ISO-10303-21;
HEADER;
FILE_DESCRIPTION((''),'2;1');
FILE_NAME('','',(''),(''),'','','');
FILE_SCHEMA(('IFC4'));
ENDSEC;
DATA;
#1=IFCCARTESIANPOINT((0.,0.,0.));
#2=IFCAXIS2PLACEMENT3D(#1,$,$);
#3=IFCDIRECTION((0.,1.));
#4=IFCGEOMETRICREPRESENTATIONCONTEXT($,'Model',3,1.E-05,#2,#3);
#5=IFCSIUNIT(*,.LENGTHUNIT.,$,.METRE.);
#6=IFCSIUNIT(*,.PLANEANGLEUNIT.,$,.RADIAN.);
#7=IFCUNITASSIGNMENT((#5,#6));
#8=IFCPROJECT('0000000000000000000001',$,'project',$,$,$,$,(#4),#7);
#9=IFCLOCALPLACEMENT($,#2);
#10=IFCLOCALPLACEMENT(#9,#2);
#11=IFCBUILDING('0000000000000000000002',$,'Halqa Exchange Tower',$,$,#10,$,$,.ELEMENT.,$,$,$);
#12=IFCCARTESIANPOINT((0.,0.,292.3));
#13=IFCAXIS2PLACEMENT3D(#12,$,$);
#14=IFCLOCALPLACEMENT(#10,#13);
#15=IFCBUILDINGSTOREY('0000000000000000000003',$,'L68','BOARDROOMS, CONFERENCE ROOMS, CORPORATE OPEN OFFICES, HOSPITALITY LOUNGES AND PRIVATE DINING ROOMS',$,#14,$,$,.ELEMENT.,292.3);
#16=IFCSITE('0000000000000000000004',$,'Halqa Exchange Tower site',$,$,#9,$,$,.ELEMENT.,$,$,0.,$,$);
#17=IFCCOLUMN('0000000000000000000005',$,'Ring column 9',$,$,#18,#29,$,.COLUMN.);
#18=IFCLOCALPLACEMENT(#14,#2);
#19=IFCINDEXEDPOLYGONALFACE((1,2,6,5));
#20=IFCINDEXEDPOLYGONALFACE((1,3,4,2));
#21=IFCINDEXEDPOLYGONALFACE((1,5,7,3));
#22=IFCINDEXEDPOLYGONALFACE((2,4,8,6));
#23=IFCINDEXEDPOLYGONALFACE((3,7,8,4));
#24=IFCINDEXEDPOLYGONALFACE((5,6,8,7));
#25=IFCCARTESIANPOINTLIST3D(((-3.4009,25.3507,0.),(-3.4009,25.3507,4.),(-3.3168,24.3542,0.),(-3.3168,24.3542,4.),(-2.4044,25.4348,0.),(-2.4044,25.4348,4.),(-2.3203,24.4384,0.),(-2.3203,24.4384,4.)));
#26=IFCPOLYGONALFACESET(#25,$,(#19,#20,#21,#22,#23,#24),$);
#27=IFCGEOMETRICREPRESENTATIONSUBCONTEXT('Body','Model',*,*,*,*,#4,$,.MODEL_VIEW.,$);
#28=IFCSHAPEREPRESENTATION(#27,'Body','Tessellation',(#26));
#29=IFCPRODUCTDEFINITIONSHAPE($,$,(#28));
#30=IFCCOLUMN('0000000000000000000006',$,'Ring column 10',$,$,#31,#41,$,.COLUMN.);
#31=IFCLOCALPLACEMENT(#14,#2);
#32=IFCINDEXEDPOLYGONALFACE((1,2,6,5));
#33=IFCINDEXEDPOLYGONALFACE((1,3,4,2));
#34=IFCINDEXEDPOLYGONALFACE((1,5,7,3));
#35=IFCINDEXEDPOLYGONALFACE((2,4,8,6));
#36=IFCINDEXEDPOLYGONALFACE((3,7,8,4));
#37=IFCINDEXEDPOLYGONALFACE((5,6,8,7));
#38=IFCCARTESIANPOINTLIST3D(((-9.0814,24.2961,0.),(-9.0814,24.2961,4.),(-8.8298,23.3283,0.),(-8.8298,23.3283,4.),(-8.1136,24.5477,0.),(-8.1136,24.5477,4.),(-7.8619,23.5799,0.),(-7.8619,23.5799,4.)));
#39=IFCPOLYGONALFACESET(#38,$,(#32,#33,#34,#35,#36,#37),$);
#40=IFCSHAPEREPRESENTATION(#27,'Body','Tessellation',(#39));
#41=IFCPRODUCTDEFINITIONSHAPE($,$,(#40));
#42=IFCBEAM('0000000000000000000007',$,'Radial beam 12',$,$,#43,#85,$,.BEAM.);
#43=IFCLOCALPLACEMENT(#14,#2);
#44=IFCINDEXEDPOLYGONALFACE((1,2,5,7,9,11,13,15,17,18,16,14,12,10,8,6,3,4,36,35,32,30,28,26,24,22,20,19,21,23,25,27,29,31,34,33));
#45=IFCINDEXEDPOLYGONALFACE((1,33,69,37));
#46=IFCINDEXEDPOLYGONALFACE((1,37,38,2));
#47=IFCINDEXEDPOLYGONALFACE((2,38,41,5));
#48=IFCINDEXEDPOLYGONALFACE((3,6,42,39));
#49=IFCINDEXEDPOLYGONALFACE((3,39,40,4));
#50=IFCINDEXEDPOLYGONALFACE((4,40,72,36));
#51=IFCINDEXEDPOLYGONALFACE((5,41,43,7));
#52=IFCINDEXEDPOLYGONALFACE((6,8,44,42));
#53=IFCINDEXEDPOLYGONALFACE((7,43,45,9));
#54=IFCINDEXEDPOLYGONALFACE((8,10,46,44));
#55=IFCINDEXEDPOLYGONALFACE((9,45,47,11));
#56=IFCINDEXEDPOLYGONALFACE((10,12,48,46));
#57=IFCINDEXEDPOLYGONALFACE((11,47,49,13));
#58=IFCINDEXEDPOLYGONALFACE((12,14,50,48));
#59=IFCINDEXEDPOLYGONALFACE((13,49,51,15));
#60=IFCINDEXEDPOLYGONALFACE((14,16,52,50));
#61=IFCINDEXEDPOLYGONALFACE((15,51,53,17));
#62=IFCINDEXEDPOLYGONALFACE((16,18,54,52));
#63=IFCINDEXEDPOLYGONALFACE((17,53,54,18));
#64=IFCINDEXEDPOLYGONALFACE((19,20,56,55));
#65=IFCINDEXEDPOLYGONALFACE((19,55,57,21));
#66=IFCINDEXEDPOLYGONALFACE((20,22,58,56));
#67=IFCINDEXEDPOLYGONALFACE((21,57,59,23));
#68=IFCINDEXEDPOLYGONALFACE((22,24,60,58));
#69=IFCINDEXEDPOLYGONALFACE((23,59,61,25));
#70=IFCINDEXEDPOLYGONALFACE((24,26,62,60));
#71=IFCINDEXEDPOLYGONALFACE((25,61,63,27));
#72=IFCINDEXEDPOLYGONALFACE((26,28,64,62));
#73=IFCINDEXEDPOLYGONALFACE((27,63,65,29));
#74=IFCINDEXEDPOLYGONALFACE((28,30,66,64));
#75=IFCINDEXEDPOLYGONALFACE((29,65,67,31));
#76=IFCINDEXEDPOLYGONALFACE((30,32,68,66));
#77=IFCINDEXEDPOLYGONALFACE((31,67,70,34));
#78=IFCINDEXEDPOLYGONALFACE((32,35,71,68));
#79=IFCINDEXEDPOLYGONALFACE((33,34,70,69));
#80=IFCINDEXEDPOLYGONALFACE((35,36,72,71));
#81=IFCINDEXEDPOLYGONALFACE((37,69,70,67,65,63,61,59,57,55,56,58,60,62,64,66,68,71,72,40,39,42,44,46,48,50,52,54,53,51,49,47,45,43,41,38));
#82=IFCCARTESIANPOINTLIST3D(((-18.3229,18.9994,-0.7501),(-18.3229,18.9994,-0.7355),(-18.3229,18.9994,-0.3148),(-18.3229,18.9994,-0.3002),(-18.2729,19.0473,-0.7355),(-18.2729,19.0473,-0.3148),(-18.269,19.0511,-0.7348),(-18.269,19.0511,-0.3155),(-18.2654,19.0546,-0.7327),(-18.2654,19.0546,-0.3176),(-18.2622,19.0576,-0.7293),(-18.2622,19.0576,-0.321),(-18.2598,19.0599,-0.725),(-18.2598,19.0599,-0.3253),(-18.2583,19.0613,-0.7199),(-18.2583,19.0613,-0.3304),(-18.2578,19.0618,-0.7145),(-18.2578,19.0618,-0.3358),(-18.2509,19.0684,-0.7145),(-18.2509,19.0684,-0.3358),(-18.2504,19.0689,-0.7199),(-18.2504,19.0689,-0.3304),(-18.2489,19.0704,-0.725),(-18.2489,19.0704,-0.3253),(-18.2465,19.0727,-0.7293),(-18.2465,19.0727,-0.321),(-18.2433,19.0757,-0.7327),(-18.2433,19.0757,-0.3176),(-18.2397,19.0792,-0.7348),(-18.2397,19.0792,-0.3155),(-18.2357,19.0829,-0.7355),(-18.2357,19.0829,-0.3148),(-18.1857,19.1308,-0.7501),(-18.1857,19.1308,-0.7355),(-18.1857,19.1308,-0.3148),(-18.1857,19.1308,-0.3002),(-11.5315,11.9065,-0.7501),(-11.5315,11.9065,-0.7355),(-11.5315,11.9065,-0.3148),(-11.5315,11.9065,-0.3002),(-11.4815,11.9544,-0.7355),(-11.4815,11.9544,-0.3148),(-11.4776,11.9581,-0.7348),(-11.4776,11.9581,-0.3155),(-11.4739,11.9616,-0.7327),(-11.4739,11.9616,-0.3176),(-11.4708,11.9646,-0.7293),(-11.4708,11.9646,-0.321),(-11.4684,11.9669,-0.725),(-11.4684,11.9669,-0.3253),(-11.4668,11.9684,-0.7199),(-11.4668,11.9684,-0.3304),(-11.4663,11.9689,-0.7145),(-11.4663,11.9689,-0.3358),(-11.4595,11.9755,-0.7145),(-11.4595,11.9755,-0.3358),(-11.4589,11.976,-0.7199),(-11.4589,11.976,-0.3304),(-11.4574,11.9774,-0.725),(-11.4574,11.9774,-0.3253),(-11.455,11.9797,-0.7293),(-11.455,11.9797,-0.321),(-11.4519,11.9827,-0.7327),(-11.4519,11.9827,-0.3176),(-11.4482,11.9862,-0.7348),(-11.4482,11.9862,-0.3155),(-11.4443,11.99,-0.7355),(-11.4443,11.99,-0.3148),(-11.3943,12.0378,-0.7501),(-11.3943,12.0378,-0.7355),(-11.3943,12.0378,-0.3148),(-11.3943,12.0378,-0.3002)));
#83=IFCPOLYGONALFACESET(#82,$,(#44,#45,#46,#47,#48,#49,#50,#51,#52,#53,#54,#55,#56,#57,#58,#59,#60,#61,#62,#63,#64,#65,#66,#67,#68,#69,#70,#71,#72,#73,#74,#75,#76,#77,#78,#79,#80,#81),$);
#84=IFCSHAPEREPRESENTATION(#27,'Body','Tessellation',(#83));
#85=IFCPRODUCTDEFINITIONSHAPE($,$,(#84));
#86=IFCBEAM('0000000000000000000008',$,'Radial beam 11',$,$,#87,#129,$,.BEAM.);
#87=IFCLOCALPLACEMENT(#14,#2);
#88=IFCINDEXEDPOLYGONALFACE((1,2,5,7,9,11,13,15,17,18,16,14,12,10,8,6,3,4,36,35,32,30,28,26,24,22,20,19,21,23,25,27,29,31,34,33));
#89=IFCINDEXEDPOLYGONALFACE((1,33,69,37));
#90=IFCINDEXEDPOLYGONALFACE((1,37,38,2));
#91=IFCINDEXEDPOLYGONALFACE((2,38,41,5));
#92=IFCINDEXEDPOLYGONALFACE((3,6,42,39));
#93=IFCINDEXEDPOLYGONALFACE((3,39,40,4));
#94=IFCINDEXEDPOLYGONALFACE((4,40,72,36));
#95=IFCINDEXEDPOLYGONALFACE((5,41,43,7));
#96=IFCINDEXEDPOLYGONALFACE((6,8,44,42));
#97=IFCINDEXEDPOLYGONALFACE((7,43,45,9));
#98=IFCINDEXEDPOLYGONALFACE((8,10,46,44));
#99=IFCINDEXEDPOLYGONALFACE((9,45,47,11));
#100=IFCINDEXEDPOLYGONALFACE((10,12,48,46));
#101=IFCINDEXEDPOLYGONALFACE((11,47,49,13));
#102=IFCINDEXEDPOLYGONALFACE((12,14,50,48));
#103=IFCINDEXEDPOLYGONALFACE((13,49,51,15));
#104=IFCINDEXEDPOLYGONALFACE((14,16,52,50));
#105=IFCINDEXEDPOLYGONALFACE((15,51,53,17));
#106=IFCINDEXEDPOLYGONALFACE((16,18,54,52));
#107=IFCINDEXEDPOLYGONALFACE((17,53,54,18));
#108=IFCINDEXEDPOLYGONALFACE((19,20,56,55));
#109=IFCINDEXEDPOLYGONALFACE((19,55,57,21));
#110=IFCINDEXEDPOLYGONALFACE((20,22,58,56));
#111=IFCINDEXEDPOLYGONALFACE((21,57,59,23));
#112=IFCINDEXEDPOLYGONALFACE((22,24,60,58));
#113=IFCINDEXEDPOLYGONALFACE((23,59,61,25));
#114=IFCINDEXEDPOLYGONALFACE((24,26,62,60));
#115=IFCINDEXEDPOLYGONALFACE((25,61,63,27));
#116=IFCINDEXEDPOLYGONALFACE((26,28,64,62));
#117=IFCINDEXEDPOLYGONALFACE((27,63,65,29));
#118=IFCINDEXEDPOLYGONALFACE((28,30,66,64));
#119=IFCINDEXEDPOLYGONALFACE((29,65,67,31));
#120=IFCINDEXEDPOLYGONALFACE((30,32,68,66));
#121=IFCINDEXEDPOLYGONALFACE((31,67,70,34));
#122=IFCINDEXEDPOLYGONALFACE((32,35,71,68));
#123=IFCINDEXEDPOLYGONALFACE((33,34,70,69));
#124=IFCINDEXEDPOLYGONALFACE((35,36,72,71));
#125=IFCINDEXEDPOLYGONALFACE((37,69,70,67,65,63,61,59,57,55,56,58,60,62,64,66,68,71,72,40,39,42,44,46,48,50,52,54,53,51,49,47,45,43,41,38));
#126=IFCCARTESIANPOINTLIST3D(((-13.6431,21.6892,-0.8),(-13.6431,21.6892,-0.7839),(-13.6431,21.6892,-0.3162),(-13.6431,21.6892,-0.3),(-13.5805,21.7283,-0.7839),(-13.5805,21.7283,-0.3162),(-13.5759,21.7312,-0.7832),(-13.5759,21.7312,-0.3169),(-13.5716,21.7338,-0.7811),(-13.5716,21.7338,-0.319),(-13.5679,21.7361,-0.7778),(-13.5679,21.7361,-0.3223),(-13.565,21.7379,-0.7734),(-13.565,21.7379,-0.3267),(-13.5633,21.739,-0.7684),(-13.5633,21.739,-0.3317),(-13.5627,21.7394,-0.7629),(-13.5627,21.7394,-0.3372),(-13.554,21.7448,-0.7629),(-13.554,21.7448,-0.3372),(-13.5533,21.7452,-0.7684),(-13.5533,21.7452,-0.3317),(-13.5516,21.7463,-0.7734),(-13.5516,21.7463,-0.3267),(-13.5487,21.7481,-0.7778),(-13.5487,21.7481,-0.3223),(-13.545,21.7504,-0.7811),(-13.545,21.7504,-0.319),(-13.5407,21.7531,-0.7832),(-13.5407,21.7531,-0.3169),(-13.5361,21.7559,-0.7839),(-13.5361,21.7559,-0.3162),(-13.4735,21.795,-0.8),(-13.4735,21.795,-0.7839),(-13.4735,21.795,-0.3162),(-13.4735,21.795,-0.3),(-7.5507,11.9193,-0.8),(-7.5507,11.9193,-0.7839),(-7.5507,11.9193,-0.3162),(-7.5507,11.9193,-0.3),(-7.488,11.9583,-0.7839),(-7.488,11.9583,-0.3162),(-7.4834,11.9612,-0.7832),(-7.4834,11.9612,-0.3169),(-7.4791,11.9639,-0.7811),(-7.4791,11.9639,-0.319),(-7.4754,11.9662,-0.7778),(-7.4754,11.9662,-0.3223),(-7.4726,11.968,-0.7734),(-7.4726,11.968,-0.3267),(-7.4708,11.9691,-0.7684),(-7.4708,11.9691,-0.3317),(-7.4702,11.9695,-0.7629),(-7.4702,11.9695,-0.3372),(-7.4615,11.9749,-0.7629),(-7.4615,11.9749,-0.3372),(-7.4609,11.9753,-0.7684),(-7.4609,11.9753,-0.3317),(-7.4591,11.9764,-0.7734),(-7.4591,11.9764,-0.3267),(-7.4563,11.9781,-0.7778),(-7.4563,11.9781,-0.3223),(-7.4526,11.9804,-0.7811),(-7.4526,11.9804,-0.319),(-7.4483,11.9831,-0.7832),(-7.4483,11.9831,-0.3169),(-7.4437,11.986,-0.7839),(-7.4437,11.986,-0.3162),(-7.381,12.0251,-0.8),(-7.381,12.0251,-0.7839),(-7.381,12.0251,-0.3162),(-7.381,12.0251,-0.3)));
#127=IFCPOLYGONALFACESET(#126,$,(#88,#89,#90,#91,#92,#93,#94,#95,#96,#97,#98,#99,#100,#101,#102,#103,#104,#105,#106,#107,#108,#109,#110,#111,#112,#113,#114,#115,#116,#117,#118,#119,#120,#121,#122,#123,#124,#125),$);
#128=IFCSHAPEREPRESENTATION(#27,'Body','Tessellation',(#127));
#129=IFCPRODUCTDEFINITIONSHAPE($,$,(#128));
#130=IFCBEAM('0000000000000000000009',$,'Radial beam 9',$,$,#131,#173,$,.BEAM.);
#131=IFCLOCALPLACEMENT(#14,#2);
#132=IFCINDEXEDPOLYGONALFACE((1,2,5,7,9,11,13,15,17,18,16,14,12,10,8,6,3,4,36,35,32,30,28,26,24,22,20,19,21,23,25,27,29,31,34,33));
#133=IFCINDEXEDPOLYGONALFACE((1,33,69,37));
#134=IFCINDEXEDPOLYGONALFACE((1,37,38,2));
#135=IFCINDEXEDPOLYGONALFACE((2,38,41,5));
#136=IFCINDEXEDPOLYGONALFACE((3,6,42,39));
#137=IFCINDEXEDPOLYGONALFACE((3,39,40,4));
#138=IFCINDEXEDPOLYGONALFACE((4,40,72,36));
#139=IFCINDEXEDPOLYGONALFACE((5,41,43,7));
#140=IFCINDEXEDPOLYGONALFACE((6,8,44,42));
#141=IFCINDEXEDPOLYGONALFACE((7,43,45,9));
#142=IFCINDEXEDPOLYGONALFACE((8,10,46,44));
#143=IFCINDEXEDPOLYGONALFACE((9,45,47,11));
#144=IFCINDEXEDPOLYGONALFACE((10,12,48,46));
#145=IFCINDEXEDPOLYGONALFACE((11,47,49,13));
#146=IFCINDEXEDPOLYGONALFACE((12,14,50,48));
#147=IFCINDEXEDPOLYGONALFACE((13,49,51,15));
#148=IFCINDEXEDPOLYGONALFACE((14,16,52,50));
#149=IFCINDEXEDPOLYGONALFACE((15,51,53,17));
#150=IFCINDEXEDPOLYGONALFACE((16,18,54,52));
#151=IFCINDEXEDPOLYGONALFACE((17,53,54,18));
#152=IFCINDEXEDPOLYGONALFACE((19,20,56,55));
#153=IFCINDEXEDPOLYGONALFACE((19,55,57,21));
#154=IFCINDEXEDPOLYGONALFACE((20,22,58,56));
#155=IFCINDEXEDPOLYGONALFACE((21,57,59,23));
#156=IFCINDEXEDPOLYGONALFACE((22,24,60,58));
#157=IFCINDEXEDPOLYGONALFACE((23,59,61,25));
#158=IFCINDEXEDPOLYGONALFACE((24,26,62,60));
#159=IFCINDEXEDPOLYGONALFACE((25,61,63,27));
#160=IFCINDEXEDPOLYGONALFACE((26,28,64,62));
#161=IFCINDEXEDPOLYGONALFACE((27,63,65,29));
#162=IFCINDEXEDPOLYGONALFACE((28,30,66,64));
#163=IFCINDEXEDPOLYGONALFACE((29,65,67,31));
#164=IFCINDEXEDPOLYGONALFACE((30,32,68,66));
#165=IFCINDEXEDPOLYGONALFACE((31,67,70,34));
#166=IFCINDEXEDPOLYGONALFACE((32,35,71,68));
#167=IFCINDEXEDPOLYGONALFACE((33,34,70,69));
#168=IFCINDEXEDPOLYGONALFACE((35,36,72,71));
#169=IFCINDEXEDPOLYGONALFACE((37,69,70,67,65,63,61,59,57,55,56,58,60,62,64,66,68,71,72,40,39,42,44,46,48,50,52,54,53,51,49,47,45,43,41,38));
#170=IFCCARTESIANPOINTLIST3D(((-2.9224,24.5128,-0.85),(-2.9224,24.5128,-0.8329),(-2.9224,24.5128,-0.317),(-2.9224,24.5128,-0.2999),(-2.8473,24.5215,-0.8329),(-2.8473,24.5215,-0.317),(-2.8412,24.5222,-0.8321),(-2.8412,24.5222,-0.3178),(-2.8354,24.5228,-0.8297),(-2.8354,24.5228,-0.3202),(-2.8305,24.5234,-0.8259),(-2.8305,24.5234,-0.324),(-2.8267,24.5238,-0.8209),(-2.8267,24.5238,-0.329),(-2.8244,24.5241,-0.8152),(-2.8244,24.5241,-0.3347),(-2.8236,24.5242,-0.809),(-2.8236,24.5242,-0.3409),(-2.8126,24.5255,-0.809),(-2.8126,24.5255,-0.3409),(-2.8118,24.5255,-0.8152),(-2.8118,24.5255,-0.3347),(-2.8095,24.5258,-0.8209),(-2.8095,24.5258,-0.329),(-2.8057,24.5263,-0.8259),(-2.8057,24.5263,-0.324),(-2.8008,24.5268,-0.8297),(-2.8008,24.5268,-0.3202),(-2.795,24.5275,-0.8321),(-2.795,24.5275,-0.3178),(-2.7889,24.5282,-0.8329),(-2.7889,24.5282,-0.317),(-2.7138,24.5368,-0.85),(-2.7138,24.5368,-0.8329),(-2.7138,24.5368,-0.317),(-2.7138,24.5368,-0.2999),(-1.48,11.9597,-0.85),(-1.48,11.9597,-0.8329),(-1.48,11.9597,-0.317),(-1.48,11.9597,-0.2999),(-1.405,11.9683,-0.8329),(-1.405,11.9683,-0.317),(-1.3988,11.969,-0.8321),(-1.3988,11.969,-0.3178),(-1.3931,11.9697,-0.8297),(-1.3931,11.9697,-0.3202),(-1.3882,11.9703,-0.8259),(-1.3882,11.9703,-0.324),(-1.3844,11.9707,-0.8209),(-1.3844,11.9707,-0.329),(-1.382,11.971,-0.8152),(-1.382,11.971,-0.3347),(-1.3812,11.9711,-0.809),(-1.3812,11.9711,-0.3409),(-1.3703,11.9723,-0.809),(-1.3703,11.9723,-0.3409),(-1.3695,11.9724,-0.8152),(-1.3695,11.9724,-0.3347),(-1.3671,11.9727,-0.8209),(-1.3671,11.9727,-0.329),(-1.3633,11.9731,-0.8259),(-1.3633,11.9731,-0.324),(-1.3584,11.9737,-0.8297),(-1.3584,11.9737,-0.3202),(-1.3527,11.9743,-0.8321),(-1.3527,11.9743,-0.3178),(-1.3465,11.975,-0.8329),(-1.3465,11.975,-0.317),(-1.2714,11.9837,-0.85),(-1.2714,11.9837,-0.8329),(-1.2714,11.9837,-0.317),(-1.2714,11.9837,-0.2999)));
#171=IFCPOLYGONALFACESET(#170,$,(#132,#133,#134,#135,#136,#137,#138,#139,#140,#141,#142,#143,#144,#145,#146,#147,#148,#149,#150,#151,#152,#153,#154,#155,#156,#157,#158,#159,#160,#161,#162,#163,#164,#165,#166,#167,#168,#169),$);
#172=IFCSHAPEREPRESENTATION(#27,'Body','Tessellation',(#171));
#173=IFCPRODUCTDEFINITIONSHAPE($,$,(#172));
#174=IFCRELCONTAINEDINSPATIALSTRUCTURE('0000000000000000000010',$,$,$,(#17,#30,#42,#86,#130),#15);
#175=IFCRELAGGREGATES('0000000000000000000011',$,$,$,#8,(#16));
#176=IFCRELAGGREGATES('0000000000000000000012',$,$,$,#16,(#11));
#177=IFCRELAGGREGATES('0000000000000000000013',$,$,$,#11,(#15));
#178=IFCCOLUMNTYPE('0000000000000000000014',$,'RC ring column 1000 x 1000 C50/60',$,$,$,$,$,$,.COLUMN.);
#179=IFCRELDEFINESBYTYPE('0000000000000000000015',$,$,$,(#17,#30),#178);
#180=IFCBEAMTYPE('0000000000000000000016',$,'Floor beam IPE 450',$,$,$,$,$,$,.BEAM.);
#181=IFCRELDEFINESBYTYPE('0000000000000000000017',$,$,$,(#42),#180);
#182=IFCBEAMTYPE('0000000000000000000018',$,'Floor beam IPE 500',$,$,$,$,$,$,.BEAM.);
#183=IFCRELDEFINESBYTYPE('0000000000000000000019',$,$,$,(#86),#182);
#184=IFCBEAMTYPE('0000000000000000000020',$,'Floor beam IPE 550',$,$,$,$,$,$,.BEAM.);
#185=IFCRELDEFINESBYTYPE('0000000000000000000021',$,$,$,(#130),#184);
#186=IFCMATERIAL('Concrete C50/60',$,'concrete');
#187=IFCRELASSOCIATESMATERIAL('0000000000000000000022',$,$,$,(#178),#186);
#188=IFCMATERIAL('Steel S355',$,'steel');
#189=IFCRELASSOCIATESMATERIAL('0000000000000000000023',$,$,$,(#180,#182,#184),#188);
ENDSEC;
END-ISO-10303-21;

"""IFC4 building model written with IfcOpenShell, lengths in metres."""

from ifc_helpers import new_model, si_unit, direction, frame, origin, origin_2d, place, context, subcontext, project, spatial, rectangle, i_section, extrude, material, material_profile, profile_set, type_object, element, save


model = new_model("IFC4")

# Units and contexts
model_context = context("Model", 3, precision=1e-05, world=origin(), true_north=direction((0.0, 1.0)))
body_context = subcontext(model_context, "Body", "Model", "MODEL_VIEW")
ifc_project = project(units=[si_unit("LENGTHUNIT", "METRE"), si_unit("PLANEANGLEUNIT", "RADIAN")], contexts=[model_context])

# Site, building, storey
site_placement = place(None, origin())
site = spatial("IfcSite", under=ifc_project, at=site_placement, Name="Halqa Exchange Tower site", CompositionType="ELEMENT", RefElevation=0.0)
building_placement = place(site_placement, origin())
building = spatial("IfcBuilding", under=site, at=building_placement, Name="Halqa Exchange Tower", CompositionType="ELEMENT")
storey_placement = place(building_placement, frame((0.0, 0.0, 292.3)))
storey = spatial("IfcBuildingStorey", under=building, at=storey_placement, Name="L68", Description="BOARDROOMS, CONFERENCE ROOMS, CORPORATE OPEN OFFICES, HOSPITALITY LOUNGES AND PRIVATE DINING ROOMS", CompositionType="ELEMENT", Elevation=292.3)

# Columns
ifc_material_1 = material(Name="Concrete C50/60", Category="concrete")
ifc_material_profile_1 = material_profile(ifc_material_1, rectangle(XDim=1.0, YDim=1.0, at=origin_2d()), Name="1000 x 1000")
ifc_profile_set_1 = profile_set([ifc_material_profile_1], Name="Concrete C50/60")
column_type = type_object("IfcColumnType", Name="RC ring column 1000 x 1000 C50/60", PredefinedType="COLUMN", material=ifc_profile_set_1)
for number, where, z_axis, x_axis, name in (
    (1, (-2.8606, 24.8945, 0.0), (0.0, 0.0, 1.0), (-0.996456, -0.084114, 0.0), "Ring column 9"),
    (2, (-8.4717, 23.938, 0.0), (0.0, 0.0, 1.0), (-0.967821, -0.251639, 0.0), "Ring column 10"),
):
    element("IfcColumn", number, at=place(storey_placement, frame(where, z_axis=z_axis, x_axis=x_axis)), inside=storey, type_object=column_type, Name=name, PredefinedType="COLUMN", context=body_context, shape_type="SweptSolid", body=[
        extrude(rectangle(XDim=1.0, YDim=1.0, at=origin_2d()), origin(), (0.0, 0.0, 1.0), 4.0),
    ])

# Beams
ifc_material_2 = material(Name="Steel S355", Category="steel")
ifc_material_profile_2 = material_profile(ifc_material_2, i_section(OverallWidth=0.1899, OverallDepth=0.45, WebThickness=0.0095, FlangeThickness=0.0146, FilletRadius=0.021, at=origin_2d()), Name="IPE 450")
ifc_profile_set_2 = profile_set([ifc_material_profile_2], Name="Steel S355")
beam_type_1 = type_object("IfcBeamType", Name="Floor beam IPE 450", PredefinedType="BEAM", material=ifc_profile_set_2)
beam_1_placement = place(storey_placement, frame((-11.4629, 11.9722, -0.5251), z_axis=(-0.691588, 0.722292, 0.0), x_axis=(-0.722292, -0.691588, 0.0)))
element("IfcBeam", 3, at=beam_1_placement, inside=storey, type_object=beam_type_1, Name="Radial beam 12", PredefinedType="BEAM", context=body_context, shape_type="SweptSolid", body=[
    extrude(i_section(OverallWidth=0.1899, OverallDepth=0.45, WebThickness=0.0095, FlangeThickness=0.0146, FilletRadius=0.021, at=origin_2d()), origin(), (0.0, 0.0, 1.0), 9.8201),
])
ifc_material_profile_3 = material_profile(ifc_material_2, i_section(OverallWidth=0.2, OverallDepth=0.5, WebThickness=0.0103, FlangeThickness=0.0161, FilletRadius=0.021, at=origin_2d()), Name="IPE 500")
ifc_profile_set_3 = profile_set([ifc_material_profile_3], Name="Steel S355")
beam_type_2 = type_object("IfcBeamType", Name="Floor beam IPE 500", PredefinedType="BEAM", material=ifc_profile_set_3)
beam_2_placement = place(storey_placement, frame((-7.4658, 11.9722, -0.55), z_axis=(-0.529141, 0.848534, 0.0), x_axis=(-0.848534, -0.529141, 0.0)))
element("IfcBeam", 4, at=beam_2_placement, inside=storey, type_object=beam_type_2, Name="Radial beam 11", PredefinedType="BEAM", context=body_context, shape_type="SweptSolid", body=[
    extrude(i_section(OverallWidth=0.2, OverallDepth=0.5, WebThickness=0.0103, FlangeThickness=0.0161, FilletRadius=0.021, at=origin_2d()), origin(), (0.0, 0.0, 1.0), 11.5139),
])
ifc_material_profile_4 = material_profile(ifc_material_2, i_section(OverallWidth=0.21, OverallDepth=0.55, WebThickness=0.011, FlangeThickness=0.0171, FilletRadius=0.0239, at=origin_2d()), Name="IPE 550")
ifc_profile_set_4 = profile_set([ifc_material_profile_4], Name="Steel S355")
beam_type_3 = type_object("IfcBeamType", Name="Floor beam IPE 550", PredefinedType="BEAM", material=ifc_profile_set_4)
beam_3_placement = place(storey_placement, frame((-1.3757, 11.9717, -0.575), z_axis=(-0.11415, 0.993463, 0.0), x_axis=(-0.993463, -0.11415, 0.0)))
element("IfcBeam", 5, at=beam_3_placement, inside=storey, type_object=beam_type_3, Name="Radial beam 9", PredefinedType="BEAM", context=body_context, shape_type="SweptSolid", body=[
    extrude(i_section(OverallWidth=0.21, OverallDepth=0.55, WebThickness=0.011, FlangeThickness=0.0171, FilletRadius=0.0239, at=origin_2d()), origin(), (0.0, 0.0, 1.0), 12.6357),
])

save(model, "model.ifc")
